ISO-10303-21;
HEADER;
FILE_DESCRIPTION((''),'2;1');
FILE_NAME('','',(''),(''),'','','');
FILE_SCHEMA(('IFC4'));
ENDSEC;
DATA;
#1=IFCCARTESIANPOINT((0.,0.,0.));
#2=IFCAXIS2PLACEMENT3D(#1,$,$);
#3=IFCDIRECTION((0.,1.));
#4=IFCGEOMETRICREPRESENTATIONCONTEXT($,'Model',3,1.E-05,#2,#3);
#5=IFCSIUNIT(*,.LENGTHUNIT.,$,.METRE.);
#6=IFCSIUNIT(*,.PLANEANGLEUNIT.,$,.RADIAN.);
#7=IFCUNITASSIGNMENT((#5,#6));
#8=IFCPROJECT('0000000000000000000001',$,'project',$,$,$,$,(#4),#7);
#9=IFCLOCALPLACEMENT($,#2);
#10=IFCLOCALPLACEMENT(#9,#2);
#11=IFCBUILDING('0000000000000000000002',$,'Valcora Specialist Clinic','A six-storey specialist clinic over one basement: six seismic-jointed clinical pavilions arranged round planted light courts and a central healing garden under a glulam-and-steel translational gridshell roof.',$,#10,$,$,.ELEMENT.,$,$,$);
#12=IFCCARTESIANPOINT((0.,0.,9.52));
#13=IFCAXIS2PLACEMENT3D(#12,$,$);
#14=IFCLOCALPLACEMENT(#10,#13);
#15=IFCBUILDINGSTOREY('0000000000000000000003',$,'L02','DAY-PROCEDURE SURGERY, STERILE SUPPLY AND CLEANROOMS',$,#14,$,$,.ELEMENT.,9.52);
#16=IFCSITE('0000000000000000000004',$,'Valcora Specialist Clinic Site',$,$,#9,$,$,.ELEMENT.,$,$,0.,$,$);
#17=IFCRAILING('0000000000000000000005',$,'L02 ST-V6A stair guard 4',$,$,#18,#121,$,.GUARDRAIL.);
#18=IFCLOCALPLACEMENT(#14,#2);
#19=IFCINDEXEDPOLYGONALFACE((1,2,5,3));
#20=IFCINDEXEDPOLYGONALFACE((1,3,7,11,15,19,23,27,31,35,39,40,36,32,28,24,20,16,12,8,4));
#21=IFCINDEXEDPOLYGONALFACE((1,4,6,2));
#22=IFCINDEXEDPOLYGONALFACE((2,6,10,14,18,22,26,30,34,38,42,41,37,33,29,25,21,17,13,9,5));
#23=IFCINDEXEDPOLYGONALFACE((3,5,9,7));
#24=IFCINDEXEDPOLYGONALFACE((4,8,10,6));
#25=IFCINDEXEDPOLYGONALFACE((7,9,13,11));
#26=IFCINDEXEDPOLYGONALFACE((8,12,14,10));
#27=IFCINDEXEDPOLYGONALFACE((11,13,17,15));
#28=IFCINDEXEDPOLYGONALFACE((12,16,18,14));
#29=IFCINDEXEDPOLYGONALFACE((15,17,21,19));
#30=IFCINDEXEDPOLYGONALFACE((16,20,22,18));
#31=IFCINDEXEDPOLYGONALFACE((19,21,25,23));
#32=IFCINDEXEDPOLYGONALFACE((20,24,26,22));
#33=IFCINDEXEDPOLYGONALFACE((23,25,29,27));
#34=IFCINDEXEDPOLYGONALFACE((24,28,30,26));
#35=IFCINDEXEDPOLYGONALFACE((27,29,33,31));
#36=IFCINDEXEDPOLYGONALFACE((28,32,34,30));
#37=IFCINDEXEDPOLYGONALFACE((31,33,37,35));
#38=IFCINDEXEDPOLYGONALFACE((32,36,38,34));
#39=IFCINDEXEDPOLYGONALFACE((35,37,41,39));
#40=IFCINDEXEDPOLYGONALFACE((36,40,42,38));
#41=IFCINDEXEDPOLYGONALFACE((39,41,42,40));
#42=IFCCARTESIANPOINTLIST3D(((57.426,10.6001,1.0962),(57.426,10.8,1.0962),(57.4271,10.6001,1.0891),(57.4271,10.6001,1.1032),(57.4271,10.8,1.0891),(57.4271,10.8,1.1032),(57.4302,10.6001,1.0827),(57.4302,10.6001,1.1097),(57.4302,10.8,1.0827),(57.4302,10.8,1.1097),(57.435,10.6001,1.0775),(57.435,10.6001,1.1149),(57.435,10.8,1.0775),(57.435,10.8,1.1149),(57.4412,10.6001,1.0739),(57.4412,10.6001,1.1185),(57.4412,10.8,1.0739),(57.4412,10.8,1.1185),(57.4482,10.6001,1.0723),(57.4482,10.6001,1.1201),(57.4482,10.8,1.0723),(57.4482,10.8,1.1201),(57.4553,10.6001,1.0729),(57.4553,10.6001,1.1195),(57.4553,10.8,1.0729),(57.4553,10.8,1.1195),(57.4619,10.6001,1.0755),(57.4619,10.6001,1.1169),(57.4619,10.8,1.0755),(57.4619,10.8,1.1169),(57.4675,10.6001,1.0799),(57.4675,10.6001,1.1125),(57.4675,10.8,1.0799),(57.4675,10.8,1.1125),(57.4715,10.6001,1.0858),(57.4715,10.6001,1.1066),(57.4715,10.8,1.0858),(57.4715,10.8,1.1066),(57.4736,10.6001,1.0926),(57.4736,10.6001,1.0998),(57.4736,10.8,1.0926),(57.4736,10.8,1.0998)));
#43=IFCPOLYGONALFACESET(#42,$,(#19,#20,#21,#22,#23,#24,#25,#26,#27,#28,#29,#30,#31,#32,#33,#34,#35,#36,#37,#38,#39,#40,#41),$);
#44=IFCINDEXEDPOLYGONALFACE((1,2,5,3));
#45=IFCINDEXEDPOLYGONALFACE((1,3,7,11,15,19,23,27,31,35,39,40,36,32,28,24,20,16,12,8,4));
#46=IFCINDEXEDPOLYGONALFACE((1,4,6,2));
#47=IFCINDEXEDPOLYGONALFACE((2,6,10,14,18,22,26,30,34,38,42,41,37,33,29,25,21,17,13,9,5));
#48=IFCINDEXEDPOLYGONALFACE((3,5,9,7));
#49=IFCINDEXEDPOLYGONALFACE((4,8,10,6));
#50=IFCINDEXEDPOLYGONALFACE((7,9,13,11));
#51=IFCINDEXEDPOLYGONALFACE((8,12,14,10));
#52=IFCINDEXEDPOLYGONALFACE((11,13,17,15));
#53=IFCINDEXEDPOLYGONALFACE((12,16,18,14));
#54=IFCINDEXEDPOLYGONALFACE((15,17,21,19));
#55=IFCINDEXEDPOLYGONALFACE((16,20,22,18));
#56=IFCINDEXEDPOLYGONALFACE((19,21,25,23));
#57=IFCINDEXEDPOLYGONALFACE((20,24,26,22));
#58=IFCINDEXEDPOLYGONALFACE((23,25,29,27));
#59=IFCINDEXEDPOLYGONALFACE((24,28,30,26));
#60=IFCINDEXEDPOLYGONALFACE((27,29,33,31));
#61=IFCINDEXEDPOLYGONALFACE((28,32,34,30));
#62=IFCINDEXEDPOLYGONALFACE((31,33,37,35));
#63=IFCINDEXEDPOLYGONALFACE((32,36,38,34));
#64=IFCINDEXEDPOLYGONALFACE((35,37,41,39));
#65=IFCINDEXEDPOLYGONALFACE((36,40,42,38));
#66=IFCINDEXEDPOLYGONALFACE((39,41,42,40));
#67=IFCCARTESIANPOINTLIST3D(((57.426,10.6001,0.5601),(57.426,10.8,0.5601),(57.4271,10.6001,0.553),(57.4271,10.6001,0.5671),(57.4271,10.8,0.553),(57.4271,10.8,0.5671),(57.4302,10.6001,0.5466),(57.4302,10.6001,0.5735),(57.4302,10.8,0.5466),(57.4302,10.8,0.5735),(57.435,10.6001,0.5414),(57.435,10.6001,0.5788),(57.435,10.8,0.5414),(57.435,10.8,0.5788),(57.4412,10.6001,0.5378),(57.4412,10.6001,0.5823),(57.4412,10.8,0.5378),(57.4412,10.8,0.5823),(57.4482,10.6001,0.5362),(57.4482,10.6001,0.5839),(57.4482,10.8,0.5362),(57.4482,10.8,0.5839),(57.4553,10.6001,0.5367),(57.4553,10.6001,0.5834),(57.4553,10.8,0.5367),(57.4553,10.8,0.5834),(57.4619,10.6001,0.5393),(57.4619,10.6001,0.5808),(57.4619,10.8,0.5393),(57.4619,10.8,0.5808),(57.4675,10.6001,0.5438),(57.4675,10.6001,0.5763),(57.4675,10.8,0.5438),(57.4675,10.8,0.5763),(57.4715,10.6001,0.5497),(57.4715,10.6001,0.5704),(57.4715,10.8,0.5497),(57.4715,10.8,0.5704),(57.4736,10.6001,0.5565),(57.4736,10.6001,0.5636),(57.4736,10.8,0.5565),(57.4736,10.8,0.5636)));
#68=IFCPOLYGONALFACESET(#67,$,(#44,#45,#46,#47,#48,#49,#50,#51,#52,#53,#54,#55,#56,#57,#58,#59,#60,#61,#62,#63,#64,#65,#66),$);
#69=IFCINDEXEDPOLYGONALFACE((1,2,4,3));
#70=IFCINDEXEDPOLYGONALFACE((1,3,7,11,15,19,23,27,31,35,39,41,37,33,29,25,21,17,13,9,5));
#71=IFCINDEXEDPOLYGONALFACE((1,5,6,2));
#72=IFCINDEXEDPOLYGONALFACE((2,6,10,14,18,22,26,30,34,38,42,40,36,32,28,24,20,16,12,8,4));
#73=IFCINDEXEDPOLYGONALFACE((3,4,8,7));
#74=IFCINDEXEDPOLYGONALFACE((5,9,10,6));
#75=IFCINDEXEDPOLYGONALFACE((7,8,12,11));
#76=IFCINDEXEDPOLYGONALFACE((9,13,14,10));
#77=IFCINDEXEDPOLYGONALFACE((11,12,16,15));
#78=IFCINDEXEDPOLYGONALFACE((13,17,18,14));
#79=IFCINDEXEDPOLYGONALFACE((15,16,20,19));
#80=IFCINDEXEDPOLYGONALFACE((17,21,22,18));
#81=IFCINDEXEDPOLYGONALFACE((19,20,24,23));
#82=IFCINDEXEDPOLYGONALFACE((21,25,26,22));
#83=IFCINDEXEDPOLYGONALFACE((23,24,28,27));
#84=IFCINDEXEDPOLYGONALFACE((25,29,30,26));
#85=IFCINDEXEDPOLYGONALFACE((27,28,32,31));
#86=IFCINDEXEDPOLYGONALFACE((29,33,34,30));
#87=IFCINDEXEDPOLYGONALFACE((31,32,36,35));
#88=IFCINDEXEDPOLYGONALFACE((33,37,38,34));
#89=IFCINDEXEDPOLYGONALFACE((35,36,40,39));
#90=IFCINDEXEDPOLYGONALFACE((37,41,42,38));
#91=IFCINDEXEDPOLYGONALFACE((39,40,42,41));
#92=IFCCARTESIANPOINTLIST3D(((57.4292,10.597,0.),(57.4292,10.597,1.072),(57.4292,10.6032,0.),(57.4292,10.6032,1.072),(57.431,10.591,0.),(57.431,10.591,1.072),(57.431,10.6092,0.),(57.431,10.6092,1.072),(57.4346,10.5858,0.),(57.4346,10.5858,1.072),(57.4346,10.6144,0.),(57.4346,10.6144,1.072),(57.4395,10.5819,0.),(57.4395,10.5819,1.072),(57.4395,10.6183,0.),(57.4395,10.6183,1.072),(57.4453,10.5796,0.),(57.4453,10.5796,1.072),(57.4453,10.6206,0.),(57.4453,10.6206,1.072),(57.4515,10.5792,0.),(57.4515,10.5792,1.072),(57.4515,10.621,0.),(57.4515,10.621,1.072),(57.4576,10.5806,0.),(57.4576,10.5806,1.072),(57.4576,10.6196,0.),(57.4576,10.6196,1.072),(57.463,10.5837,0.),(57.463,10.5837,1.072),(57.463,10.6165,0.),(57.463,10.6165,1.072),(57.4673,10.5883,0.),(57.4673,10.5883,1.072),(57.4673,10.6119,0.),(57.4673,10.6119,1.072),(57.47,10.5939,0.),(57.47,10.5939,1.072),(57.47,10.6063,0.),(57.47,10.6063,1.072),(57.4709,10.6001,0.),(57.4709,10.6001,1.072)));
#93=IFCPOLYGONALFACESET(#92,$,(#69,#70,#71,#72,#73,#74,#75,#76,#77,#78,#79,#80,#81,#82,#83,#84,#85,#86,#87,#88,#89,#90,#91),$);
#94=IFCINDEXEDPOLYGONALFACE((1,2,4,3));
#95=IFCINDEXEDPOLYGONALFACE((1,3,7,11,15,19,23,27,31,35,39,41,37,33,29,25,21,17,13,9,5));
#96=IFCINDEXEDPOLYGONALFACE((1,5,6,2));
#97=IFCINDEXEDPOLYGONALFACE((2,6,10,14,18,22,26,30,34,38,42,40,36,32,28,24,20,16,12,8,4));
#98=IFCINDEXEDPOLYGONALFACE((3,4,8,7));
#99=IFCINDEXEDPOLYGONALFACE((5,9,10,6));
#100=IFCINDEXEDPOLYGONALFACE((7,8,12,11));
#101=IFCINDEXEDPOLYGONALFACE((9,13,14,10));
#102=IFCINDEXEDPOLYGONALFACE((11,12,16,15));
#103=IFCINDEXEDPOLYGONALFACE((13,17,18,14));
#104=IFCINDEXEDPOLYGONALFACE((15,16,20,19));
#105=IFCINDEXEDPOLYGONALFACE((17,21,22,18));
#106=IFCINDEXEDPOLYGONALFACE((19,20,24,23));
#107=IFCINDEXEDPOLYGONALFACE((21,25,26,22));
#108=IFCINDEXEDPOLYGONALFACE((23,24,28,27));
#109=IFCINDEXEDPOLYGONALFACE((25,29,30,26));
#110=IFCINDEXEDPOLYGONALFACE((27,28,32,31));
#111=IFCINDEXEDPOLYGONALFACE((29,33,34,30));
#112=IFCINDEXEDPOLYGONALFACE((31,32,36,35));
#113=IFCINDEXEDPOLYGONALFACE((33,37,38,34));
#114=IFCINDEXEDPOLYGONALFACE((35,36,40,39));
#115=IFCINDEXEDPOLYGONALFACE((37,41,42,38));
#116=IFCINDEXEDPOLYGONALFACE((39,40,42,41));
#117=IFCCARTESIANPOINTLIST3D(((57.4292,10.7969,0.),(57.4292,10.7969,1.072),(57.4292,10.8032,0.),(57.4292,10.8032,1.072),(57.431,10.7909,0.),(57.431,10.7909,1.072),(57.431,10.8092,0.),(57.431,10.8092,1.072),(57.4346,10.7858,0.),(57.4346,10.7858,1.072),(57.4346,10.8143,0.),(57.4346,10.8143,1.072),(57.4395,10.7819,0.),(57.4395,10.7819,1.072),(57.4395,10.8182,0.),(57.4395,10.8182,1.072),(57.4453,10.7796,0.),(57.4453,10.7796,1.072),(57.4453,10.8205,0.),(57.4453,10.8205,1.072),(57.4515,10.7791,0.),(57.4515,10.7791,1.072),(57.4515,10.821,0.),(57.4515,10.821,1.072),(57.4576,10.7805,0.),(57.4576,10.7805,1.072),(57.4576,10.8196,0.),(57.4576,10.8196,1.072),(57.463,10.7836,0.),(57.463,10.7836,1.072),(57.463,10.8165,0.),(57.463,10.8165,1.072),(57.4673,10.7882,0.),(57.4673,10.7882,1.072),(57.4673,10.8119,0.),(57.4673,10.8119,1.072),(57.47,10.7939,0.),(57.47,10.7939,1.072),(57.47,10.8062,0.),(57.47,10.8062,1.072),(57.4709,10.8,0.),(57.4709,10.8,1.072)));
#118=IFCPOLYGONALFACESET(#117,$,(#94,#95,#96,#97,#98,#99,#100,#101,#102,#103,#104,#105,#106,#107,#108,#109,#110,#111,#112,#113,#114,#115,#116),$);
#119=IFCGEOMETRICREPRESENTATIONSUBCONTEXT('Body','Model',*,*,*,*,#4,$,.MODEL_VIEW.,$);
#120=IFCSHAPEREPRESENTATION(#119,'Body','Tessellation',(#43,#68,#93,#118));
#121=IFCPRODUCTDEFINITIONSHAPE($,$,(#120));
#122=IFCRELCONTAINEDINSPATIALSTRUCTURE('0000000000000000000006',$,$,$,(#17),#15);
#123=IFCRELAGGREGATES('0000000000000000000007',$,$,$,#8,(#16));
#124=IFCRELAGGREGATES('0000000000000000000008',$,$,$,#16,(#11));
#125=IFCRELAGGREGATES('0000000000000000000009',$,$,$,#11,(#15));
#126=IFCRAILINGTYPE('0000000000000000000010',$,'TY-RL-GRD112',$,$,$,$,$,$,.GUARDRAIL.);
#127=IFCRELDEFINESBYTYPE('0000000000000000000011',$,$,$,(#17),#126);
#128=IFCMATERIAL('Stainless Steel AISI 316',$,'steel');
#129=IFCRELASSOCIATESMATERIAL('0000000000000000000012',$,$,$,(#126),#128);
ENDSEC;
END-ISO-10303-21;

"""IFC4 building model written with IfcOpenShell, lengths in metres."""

from ifc_helpers import new_model, si_unit, direction, frame, origin, origin_2d, place, context, subcontext, project, spatial, circle, extrude, material, type_object, element, save


model = new_model("IFC4")

# Units and contexts
model_context = context("Model", 3, precision=1e-05, world=origin(), true_north=direction((0.0, 1.0)))
body_context = subcontext(model_context, "Body", "Model", "MODEL_VIEW")
ifc_project = project(units=[si_unit("LENGTHUNIT", "METRE"), si_unit("PLANEANGLEUNIT", "RADIAN")], contexts=[model_context])

# Site, building, storey
site_placement = place(None, origin())
site = spatial("IfcSite", under=ifc_project, at=site_placement, Name="Valcora Specialist Clinic Site", CompositionType="ELEMENT", RefElevation=0.0)
building_placement = place(site_placement, origin())
building = spatial("IfcBuilding", under=site, at=building_placement, Name="Valcora Specialist Clinic", Description="A six-storey specialist clinic over one basement: six seismic-jointed clinical pavilions arranged round planted light courts and a central healing garden under a glulam-and-steel translational gridshell roof.", CompositionType="ELEMENT")
storey_placement = place(building_placement, frame((0.0, 0.0, 9.52)))
storey = spatial("IfcBuildingStorey", under=building, at=storey_placement, Name="L02", Description="DAY-PROCEDURE SURGERY, STERILE SUPPLY AND CLEANROOMS", CompositionType="ELEMENT", Elevation=9.52)

# Railing
ifc_material_1 = material(Name="Stainless Steel AISI 316", Category="steel")
railing_type_1 = type_object("IfcRailingType", Name="TY-RL-GRD112", PredefinedType="GUARDRAIL", material=ifc_material_1)
railing_1_placement = place(storey_placement, frame((57.45, 10.6001, 0.0)))
element("IfcRailing", 1, at=railing_1_placement, inside=storey, type_object=railing_type_1, Name="L02 ST-V6A stair guard 4", PredefinedType="GUARDRAIL", context=body_context, shape_type="SweptSolid", body=[
    extrude(circle(Radius=0.0239, at=origin_2d()), frame((0.0, 0.0, 1.0962), z_axis=(0.0, 1.0, 0.0), x_axis=(-1.0, 0.0, 0.0)), (0.0, 0.0, 1.0), 0.2),
    extrude(circle(Radius=0.0239, at=origin_2d()), frame((0.0, 0.0, 0.5601), z_axis=(0.0, 1.0, 0.0), x_axis=(-1.0, 0.0, 0.0)), (0.0, 0.0, 1.0), 0.2),
    extrude(circle(Radius=0.021, at=origin_2d()), origin(), (0.0, 0.0, 1.0), 1.072),
    extrude(circle(Radius=0.021, at=origin_2d()), frame((0.0, 0.2, 0.0)), (0.0, 0.0, 1.0), 1.072),
])

save(model, "model.ifc")
